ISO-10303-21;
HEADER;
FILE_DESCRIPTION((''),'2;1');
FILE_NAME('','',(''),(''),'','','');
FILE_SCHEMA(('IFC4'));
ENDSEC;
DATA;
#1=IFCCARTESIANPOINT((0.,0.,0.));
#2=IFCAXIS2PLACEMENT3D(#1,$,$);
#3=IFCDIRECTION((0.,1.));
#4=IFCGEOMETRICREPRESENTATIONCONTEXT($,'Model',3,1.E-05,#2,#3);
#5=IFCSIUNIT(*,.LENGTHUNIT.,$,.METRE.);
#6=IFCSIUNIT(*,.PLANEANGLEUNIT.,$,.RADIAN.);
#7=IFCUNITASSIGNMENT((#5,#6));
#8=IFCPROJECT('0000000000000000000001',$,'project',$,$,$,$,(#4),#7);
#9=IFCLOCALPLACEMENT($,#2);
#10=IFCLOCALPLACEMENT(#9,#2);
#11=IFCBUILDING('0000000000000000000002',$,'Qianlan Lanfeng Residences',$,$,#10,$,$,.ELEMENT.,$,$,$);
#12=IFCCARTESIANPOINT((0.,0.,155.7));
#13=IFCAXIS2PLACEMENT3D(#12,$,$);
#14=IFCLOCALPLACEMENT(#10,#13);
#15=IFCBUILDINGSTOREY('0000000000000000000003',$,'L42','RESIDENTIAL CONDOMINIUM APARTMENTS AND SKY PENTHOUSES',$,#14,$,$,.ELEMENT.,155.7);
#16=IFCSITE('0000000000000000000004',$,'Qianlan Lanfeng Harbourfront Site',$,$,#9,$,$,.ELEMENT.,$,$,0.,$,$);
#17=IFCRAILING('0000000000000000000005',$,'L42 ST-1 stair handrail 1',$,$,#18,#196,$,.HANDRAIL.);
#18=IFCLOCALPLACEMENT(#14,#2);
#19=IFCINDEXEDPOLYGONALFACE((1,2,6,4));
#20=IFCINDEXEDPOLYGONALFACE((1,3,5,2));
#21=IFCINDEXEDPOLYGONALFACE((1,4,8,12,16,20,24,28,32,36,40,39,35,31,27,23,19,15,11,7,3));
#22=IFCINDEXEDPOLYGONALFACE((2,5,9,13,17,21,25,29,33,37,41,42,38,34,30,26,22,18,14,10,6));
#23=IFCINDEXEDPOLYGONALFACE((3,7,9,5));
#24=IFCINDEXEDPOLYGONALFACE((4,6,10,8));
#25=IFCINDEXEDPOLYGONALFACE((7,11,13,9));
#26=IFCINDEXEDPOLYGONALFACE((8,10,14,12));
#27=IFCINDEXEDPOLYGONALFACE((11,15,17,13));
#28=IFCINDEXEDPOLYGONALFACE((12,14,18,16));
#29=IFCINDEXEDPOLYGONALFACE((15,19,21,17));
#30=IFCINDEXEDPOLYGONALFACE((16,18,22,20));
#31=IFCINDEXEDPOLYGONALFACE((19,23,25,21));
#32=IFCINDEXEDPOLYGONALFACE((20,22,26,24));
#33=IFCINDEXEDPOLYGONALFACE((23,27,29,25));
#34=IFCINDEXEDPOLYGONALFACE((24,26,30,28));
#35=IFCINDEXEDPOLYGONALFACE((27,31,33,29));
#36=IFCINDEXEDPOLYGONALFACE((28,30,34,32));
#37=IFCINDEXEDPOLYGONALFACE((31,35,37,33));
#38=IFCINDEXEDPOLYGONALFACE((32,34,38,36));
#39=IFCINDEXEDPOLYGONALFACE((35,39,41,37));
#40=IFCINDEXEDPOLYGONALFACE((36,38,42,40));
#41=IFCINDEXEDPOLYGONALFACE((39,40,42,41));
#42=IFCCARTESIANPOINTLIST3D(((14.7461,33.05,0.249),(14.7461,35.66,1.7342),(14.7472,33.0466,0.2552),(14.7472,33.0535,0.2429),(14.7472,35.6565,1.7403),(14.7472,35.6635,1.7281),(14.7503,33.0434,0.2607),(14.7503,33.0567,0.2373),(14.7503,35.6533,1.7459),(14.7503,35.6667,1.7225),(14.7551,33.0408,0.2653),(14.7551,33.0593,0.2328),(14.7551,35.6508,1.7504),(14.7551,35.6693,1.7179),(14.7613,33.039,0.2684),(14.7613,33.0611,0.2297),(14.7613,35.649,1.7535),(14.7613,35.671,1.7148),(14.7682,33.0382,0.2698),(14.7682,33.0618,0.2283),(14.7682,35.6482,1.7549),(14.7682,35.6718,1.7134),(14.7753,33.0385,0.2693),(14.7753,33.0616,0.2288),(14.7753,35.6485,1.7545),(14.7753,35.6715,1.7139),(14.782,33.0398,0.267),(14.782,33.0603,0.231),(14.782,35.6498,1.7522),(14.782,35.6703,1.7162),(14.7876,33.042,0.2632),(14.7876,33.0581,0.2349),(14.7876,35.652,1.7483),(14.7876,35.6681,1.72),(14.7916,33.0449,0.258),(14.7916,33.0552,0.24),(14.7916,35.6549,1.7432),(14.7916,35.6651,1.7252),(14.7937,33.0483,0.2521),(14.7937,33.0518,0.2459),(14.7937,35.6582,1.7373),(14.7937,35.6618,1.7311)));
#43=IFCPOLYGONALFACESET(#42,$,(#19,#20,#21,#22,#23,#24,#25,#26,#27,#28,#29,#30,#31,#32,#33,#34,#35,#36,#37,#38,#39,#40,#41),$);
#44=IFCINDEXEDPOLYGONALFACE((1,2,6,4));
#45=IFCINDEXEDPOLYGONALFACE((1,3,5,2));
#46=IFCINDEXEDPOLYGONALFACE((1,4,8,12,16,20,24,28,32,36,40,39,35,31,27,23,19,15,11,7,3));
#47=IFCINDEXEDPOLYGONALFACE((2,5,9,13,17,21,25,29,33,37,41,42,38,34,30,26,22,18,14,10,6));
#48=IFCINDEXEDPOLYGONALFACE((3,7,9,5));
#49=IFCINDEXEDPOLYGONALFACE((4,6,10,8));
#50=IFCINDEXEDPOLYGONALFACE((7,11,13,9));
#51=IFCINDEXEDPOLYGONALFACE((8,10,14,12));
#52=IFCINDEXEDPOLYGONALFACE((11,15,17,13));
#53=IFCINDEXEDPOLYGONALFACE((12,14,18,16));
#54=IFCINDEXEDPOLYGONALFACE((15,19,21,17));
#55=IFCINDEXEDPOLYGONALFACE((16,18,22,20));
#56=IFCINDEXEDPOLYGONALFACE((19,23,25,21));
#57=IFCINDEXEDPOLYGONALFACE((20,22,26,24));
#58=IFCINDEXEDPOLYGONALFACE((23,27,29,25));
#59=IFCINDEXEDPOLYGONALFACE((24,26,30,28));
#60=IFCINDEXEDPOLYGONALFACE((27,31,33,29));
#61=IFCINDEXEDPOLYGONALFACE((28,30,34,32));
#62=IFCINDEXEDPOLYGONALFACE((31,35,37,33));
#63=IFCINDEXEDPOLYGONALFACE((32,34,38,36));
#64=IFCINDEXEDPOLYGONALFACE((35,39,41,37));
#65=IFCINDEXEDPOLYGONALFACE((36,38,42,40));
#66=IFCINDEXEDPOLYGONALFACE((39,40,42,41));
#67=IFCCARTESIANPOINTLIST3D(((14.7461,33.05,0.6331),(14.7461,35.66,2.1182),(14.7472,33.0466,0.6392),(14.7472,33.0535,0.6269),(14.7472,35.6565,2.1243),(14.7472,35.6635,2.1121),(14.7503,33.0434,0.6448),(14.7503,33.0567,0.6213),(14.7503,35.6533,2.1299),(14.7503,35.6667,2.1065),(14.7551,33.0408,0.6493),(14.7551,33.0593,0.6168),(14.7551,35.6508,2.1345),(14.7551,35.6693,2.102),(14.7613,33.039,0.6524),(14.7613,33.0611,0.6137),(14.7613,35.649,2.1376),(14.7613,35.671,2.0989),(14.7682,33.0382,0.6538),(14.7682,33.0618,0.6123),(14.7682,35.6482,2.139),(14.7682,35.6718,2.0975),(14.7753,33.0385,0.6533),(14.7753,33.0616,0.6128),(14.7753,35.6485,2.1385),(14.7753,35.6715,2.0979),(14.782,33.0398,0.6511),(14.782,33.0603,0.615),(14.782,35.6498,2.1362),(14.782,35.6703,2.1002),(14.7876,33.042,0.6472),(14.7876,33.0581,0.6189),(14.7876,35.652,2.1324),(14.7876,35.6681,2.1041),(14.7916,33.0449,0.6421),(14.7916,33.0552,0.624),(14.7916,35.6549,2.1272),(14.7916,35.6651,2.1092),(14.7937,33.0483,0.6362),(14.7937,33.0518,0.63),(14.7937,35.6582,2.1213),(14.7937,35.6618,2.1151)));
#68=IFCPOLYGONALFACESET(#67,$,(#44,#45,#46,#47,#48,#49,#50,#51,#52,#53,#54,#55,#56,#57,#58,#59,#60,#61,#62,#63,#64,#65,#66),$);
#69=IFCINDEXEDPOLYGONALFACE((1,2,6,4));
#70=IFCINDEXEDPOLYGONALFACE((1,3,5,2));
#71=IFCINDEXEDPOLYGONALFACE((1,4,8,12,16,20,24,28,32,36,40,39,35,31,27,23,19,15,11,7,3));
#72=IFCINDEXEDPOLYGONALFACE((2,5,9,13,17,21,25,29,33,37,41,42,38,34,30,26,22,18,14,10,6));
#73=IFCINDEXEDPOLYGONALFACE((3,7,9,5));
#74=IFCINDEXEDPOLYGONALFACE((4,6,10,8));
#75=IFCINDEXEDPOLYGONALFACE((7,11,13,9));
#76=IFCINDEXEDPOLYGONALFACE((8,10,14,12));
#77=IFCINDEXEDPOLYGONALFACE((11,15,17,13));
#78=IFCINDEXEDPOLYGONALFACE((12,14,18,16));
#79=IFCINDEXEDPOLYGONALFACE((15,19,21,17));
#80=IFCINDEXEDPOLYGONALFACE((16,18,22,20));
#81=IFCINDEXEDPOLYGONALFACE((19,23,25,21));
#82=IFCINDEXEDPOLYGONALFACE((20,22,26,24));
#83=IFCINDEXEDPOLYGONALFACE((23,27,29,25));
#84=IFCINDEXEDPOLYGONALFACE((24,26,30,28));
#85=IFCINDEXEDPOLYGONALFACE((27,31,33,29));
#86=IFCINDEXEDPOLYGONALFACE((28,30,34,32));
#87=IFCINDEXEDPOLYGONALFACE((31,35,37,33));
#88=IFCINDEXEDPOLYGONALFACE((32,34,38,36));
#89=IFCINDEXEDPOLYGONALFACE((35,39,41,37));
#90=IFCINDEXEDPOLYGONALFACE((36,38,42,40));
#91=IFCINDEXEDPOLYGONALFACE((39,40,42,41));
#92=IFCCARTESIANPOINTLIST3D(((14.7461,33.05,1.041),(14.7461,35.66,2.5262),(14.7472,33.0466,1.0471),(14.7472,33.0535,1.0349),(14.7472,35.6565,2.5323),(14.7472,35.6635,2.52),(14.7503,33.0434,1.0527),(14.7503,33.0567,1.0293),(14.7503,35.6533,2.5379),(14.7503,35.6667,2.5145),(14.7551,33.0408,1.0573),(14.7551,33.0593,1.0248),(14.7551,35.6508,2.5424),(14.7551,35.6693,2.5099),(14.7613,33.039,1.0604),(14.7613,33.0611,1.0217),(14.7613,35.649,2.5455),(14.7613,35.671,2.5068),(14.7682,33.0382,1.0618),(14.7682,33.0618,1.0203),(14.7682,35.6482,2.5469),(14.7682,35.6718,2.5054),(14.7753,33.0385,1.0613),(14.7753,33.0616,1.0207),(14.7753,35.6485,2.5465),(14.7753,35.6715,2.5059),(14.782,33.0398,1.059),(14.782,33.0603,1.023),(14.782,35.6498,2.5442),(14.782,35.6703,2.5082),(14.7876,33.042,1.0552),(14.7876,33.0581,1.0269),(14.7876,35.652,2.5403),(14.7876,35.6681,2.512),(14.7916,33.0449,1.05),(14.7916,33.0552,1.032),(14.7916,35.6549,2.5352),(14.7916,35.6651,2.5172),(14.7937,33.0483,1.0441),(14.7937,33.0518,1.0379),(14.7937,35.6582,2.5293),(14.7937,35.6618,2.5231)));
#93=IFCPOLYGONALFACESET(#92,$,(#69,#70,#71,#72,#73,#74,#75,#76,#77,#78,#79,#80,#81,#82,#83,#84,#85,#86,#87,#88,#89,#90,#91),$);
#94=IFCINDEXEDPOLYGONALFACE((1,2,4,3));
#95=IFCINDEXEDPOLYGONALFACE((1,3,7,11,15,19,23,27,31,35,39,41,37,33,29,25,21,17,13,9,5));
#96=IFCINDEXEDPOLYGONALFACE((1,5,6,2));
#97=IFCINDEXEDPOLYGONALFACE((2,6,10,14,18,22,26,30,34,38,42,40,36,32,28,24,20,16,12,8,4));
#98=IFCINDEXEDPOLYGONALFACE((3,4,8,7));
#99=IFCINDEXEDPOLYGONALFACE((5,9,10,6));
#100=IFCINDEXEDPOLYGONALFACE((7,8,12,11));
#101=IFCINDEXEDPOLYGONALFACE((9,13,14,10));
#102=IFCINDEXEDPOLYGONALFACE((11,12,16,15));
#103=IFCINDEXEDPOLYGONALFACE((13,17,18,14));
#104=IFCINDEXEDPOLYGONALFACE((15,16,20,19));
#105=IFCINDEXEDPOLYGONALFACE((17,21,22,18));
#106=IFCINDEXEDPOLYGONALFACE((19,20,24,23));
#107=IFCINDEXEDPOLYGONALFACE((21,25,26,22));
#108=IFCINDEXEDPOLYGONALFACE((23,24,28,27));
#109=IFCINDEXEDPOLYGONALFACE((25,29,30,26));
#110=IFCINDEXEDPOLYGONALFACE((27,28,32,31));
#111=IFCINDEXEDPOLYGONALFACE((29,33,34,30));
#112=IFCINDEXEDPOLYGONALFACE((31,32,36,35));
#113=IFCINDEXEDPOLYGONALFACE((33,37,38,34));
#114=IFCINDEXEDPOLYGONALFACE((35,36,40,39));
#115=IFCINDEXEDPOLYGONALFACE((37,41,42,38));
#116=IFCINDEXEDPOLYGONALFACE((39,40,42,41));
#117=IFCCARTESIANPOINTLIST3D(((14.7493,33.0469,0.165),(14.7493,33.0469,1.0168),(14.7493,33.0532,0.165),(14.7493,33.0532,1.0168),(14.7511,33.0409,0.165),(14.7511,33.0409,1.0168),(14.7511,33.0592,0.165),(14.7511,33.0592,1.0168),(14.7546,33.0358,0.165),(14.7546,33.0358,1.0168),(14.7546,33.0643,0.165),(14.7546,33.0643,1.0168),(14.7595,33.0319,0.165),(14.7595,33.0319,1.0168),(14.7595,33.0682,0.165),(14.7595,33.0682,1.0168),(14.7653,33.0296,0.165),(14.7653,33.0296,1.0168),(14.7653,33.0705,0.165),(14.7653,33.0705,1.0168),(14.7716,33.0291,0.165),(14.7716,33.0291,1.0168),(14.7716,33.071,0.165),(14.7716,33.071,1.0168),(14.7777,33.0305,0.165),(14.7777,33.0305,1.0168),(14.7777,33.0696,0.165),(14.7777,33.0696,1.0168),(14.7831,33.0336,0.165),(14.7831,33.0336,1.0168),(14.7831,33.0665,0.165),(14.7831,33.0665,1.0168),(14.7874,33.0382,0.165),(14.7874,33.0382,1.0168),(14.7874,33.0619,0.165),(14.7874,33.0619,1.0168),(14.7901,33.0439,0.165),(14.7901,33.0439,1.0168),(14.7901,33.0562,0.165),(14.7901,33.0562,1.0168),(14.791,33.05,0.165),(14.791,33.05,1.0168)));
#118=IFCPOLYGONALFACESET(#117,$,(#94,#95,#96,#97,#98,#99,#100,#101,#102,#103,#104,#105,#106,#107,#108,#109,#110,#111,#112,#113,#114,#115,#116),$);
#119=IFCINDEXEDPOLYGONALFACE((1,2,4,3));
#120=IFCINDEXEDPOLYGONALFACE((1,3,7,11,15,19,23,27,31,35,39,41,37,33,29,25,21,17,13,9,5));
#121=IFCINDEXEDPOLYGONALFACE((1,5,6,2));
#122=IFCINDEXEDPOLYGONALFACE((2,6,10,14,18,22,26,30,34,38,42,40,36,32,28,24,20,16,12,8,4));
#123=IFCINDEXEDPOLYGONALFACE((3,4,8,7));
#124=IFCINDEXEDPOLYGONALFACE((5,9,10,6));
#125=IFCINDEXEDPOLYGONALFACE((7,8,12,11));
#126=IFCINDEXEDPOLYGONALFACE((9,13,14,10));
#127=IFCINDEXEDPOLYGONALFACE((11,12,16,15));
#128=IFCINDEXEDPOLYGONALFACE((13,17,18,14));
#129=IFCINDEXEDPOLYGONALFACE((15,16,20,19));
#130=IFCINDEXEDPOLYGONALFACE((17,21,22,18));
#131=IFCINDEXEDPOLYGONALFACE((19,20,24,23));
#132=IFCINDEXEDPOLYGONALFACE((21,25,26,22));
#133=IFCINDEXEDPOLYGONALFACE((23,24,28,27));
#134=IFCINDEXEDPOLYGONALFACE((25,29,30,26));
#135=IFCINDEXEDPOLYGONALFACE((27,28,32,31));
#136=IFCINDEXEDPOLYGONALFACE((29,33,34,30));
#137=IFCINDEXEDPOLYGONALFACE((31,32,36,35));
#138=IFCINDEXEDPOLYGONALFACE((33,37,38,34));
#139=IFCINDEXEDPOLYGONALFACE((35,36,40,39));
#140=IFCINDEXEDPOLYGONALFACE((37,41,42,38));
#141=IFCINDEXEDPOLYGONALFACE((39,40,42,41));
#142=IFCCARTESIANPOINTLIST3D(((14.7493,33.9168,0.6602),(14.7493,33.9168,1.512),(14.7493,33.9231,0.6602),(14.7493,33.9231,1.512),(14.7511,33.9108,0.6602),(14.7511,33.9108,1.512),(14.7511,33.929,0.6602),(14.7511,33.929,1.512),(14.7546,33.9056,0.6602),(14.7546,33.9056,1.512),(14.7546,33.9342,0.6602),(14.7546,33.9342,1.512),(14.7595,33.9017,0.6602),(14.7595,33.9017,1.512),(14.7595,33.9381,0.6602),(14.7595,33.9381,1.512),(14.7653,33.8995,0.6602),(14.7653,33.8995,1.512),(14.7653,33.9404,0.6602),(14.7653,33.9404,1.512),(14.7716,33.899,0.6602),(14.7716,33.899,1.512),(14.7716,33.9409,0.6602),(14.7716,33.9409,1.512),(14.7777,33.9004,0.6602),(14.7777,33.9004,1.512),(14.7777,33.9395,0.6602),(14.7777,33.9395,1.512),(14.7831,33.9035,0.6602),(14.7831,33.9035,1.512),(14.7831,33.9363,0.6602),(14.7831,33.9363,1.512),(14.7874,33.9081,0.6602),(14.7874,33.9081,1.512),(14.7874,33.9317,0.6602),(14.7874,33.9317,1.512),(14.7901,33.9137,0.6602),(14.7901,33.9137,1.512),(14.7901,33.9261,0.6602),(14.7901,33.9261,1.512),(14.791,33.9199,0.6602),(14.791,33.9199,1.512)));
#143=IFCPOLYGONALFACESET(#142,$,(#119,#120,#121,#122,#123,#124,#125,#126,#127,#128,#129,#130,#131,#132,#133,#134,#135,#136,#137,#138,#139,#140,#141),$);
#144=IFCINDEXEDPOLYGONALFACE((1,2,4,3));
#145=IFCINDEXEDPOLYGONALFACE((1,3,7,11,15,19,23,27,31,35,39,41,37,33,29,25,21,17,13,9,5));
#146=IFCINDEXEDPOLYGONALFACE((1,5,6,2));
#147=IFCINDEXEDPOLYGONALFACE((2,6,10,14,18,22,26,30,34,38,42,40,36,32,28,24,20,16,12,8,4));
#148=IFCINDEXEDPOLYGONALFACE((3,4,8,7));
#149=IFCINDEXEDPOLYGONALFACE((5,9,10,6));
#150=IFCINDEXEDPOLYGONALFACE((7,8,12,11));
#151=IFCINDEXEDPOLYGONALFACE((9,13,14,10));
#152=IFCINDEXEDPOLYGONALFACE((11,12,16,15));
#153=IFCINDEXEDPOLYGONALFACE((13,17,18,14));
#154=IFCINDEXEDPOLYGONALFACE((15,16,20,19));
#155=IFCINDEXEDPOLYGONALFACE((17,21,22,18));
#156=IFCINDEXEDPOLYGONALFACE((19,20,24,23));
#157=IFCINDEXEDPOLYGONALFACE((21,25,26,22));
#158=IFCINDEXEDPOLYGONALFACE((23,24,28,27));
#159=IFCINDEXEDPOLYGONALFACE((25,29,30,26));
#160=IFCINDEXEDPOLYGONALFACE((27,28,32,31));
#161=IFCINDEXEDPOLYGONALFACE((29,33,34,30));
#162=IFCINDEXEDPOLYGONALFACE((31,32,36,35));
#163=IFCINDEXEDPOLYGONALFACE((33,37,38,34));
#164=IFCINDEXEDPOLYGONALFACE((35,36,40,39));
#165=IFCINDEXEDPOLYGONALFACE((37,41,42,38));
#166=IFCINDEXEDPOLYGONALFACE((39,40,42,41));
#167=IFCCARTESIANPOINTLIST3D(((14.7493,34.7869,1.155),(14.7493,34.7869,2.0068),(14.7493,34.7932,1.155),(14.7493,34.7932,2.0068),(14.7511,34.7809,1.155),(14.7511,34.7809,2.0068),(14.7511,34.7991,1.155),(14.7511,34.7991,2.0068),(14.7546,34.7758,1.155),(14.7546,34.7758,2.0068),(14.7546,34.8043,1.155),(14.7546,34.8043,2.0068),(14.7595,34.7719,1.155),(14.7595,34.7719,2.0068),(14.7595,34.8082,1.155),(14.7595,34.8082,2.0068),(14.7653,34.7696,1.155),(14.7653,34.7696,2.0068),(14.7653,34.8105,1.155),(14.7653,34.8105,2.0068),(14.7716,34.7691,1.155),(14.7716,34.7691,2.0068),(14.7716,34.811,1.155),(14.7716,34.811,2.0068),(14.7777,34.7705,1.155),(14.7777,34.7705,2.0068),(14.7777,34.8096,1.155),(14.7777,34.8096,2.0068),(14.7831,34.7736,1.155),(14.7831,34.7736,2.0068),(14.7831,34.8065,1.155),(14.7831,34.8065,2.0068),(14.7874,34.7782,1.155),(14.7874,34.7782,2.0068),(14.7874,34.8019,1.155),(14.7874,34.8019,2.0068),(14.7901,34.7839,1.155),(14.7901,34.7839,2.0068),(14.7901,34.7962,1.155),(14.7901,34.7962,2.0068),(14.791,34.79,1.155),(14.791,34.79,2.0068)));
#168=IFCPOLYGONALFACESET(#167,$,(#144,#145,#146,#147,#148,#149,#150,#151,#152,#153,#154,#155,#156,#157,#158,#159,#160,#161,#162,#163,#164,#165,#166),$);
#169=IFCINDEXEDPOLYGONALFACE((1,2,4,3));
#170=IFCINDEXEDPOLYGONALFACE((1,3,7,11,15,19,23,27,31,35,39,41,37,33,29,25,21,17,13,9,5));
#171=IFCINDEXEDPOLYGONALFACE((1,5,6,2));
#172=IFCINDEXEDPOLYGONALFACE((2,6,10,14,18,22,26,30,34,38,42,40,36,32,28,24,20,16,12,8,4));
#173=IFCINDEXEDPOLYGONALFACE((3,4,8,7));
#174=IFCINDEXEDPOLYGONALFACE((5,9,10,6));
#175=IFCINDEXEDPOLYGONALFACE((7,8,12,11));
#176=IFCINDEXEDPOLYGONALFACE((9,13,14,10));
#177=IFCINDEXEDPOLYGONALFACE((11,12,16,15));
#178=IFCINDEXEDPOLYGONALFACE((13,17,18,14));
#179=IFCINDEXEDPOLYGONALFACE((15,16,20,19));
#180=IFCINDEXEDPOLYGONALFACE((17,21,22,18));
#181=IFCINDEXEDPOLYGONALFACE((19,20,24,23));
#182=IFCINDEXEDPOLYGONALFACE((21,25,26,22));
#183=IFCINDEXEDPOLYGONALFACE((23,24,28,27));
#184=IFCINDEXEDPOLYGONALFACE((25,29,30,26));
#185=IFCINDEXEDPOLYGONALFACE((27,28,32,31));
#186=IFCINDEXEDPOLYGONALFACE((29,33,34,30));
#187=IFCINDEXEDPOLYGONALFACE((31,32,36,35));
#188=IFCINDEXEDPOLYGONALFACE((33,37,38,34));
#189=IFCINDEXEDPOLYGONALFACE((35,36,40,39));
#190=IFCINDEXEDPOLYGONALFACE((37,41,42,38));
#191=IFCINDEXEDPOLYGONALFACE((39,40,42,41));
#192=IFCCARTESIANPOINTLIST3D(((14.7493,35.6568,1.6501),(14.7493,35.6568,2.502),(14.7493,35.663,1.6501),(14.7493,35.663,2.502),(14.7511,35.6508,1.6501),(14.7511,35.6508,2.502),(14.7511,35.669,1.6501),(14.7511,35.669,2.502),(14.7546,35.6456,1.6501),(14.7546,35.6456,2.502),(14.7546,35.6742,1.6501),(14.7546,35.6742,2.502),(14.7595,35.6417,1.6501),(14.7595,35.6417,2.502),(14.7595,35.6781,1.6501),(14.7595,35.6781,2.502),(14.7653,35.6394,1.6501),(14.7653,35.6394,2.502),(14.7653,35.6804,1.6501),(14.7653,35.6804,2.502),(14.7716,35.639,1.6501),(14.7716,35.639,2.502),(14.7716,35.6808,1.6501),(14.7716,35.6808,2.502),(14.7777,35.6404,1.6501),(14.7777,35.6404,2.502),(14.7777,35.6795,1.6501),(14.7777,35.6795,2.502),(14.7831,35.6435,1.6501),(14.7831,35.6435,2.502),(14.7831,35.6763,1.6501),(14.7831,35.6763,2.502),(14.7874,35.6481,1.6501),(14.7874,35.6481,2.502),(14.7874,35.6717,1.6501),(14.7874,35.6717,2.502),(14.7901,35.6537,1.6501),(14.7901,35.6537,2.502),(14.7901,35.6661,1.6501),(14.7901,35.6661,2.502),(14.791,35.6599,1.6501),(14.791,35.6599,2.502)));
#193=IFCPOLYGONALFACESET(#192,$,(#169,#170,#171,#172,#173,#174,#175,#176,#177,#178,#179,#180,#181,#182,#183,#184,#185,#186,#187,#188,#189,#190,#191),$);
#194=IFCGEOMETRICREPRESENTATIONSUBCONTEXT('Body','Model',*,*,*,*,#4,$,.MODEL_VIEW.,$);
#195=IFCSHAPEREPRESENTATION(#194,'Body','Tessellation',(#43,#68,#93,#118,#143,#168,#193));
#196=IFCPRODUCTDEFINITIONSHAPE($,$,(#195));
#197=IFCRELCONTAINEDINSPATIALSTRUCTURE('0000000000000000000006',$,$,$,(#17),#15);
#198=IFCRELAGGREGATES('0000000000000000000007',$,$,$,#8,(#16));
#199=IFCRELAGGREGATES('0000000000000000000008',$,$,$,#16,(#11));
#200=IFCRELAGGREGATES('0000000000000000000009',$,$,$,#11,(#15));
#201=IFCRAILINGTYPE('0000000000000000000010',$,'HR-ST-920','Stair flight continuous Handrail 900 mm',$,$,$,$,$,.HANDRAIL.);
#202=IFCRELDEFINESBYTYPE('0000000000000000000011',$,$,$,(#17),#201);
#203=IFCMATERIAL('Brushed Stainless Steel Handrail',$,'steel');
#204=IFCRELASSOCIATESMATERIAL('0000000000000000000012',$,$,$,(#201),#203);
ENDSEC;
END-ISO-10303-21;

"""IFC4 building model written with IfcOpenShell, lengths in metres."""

from ifc_helpers import new_model, si_unit, direction, frame, origin, origin_2d, place, context, subcontext, project, spatial, circle, extrude, material, type_object, element, save


model = new_model("IFC4")

# Units and contexts
model_context = context("Model", 3, precision=1e-05, world=origin(), true_north=direction((0.0, 1.0)))
body_context = subcontext(model_context, "Body", "Model", "MODEL_VIEW")
ifc_project = project(units=[si_unit("LENGTHUNIT", "METRE"), si_unit("PLANEANGLEUNIT", "RADIAN")], contexts=[model_context])

# Site, building, storey
site_placement = place(None, origin())
site = spatial("IfcSite", under=ifc_project, at=site_placement, Name="Qianlan Lanfeng Harbourfront Site", CompositionType="ELEMENT", RefElevation=0.0)
building_placement = place(site_placement, origin())
building = spatial("IfcBuilding", under=site, at=building_placement, Name="Qianlan Lanfeng Residences", CompositionType="ELEMENT")
storey_placement = place(building_placement, frame((0.0, 0.0, 155.7)))
storey = spatial("IfcBuildingStorey", under=building, at=storey_placement, Name="L42", Description="RESIDENTIAL CONDOMINIUM APARTMENTS AND SKY PENTHOUSES", CompositionType="ELEMENT", Elevation=155.7)

# Railing
ifc_material_1 = material(Name="Brushed Stainless Steel Handrail", Category="steel")
railing_type_1 = type_object("IfcRailingType", Name="HR-ST-920", Description="Stair flight continuous Handrail 900 mm", PredefinedType="HANDRAIL", material=ifc_material_1)
railing_1_placement = place(storey_placement, frame((14.77, 33.05, 0.165)))
element("IfcRailing", 1, at=railing_1_placement, inside=storey, type_object=railing_type_1, Name="L42 ST-1 stair handrail 1", PredefinedType="HANDRAIL", context=body_context, shape_type="SweptSolid", body=[
    extrude(circle(Radius=0.0239, at=origin_2d()), frame((0.0, 0.0, 0.084), z_axis=(0.0, 0.869137, 0.494571), x_axis=(-1.0, 0.0, 0.0)), (0.0, 0.0, 1.0), 3.0029),
    extrude(circle(Radius=0.0239, at=origin_2d()), frame((0.0, 0.0, 0.468), z_axis=(0.0, 0.869137, 0.494571), x_axis=(-1.0, 0.0, 0.0)), (0.0, 0.0, 1.0), 3.0029),
    extrude(circle(Radius=0.0239, at=origin_2d()), frame((0.0, 0.0, 0.876), z_axis=(0.0, 0.869137, 0.494571), x_axis=(-1.0, 0.0, 0.0)), (0.0, 0.0, 1.0), 3.0029),
    extrude(circle(Radius=0.021, at=origin_2d()), origin(), (0.0, 0.0, 1.0), 0.8518),
    extrude(circle(Radius=0.021, at=origin_2d()), frame((0.0, 0.8699, 0.4951)), (0.0, 0.0, 1.0), 0.8518),
    extrude(circle(Radius=0.021, at=origin_2d()), frame((0.0, 1.74, 0.99)), (0.0, 0.0, 1.0), 0.8518),
    extrude(circle(Radius=0.021, at=origin_2d()), frame((0.0, 2.6099, 1.4851)), (0.0, 0.0, 1.0), 0.8518),
])

save(model, "model.ifc")
